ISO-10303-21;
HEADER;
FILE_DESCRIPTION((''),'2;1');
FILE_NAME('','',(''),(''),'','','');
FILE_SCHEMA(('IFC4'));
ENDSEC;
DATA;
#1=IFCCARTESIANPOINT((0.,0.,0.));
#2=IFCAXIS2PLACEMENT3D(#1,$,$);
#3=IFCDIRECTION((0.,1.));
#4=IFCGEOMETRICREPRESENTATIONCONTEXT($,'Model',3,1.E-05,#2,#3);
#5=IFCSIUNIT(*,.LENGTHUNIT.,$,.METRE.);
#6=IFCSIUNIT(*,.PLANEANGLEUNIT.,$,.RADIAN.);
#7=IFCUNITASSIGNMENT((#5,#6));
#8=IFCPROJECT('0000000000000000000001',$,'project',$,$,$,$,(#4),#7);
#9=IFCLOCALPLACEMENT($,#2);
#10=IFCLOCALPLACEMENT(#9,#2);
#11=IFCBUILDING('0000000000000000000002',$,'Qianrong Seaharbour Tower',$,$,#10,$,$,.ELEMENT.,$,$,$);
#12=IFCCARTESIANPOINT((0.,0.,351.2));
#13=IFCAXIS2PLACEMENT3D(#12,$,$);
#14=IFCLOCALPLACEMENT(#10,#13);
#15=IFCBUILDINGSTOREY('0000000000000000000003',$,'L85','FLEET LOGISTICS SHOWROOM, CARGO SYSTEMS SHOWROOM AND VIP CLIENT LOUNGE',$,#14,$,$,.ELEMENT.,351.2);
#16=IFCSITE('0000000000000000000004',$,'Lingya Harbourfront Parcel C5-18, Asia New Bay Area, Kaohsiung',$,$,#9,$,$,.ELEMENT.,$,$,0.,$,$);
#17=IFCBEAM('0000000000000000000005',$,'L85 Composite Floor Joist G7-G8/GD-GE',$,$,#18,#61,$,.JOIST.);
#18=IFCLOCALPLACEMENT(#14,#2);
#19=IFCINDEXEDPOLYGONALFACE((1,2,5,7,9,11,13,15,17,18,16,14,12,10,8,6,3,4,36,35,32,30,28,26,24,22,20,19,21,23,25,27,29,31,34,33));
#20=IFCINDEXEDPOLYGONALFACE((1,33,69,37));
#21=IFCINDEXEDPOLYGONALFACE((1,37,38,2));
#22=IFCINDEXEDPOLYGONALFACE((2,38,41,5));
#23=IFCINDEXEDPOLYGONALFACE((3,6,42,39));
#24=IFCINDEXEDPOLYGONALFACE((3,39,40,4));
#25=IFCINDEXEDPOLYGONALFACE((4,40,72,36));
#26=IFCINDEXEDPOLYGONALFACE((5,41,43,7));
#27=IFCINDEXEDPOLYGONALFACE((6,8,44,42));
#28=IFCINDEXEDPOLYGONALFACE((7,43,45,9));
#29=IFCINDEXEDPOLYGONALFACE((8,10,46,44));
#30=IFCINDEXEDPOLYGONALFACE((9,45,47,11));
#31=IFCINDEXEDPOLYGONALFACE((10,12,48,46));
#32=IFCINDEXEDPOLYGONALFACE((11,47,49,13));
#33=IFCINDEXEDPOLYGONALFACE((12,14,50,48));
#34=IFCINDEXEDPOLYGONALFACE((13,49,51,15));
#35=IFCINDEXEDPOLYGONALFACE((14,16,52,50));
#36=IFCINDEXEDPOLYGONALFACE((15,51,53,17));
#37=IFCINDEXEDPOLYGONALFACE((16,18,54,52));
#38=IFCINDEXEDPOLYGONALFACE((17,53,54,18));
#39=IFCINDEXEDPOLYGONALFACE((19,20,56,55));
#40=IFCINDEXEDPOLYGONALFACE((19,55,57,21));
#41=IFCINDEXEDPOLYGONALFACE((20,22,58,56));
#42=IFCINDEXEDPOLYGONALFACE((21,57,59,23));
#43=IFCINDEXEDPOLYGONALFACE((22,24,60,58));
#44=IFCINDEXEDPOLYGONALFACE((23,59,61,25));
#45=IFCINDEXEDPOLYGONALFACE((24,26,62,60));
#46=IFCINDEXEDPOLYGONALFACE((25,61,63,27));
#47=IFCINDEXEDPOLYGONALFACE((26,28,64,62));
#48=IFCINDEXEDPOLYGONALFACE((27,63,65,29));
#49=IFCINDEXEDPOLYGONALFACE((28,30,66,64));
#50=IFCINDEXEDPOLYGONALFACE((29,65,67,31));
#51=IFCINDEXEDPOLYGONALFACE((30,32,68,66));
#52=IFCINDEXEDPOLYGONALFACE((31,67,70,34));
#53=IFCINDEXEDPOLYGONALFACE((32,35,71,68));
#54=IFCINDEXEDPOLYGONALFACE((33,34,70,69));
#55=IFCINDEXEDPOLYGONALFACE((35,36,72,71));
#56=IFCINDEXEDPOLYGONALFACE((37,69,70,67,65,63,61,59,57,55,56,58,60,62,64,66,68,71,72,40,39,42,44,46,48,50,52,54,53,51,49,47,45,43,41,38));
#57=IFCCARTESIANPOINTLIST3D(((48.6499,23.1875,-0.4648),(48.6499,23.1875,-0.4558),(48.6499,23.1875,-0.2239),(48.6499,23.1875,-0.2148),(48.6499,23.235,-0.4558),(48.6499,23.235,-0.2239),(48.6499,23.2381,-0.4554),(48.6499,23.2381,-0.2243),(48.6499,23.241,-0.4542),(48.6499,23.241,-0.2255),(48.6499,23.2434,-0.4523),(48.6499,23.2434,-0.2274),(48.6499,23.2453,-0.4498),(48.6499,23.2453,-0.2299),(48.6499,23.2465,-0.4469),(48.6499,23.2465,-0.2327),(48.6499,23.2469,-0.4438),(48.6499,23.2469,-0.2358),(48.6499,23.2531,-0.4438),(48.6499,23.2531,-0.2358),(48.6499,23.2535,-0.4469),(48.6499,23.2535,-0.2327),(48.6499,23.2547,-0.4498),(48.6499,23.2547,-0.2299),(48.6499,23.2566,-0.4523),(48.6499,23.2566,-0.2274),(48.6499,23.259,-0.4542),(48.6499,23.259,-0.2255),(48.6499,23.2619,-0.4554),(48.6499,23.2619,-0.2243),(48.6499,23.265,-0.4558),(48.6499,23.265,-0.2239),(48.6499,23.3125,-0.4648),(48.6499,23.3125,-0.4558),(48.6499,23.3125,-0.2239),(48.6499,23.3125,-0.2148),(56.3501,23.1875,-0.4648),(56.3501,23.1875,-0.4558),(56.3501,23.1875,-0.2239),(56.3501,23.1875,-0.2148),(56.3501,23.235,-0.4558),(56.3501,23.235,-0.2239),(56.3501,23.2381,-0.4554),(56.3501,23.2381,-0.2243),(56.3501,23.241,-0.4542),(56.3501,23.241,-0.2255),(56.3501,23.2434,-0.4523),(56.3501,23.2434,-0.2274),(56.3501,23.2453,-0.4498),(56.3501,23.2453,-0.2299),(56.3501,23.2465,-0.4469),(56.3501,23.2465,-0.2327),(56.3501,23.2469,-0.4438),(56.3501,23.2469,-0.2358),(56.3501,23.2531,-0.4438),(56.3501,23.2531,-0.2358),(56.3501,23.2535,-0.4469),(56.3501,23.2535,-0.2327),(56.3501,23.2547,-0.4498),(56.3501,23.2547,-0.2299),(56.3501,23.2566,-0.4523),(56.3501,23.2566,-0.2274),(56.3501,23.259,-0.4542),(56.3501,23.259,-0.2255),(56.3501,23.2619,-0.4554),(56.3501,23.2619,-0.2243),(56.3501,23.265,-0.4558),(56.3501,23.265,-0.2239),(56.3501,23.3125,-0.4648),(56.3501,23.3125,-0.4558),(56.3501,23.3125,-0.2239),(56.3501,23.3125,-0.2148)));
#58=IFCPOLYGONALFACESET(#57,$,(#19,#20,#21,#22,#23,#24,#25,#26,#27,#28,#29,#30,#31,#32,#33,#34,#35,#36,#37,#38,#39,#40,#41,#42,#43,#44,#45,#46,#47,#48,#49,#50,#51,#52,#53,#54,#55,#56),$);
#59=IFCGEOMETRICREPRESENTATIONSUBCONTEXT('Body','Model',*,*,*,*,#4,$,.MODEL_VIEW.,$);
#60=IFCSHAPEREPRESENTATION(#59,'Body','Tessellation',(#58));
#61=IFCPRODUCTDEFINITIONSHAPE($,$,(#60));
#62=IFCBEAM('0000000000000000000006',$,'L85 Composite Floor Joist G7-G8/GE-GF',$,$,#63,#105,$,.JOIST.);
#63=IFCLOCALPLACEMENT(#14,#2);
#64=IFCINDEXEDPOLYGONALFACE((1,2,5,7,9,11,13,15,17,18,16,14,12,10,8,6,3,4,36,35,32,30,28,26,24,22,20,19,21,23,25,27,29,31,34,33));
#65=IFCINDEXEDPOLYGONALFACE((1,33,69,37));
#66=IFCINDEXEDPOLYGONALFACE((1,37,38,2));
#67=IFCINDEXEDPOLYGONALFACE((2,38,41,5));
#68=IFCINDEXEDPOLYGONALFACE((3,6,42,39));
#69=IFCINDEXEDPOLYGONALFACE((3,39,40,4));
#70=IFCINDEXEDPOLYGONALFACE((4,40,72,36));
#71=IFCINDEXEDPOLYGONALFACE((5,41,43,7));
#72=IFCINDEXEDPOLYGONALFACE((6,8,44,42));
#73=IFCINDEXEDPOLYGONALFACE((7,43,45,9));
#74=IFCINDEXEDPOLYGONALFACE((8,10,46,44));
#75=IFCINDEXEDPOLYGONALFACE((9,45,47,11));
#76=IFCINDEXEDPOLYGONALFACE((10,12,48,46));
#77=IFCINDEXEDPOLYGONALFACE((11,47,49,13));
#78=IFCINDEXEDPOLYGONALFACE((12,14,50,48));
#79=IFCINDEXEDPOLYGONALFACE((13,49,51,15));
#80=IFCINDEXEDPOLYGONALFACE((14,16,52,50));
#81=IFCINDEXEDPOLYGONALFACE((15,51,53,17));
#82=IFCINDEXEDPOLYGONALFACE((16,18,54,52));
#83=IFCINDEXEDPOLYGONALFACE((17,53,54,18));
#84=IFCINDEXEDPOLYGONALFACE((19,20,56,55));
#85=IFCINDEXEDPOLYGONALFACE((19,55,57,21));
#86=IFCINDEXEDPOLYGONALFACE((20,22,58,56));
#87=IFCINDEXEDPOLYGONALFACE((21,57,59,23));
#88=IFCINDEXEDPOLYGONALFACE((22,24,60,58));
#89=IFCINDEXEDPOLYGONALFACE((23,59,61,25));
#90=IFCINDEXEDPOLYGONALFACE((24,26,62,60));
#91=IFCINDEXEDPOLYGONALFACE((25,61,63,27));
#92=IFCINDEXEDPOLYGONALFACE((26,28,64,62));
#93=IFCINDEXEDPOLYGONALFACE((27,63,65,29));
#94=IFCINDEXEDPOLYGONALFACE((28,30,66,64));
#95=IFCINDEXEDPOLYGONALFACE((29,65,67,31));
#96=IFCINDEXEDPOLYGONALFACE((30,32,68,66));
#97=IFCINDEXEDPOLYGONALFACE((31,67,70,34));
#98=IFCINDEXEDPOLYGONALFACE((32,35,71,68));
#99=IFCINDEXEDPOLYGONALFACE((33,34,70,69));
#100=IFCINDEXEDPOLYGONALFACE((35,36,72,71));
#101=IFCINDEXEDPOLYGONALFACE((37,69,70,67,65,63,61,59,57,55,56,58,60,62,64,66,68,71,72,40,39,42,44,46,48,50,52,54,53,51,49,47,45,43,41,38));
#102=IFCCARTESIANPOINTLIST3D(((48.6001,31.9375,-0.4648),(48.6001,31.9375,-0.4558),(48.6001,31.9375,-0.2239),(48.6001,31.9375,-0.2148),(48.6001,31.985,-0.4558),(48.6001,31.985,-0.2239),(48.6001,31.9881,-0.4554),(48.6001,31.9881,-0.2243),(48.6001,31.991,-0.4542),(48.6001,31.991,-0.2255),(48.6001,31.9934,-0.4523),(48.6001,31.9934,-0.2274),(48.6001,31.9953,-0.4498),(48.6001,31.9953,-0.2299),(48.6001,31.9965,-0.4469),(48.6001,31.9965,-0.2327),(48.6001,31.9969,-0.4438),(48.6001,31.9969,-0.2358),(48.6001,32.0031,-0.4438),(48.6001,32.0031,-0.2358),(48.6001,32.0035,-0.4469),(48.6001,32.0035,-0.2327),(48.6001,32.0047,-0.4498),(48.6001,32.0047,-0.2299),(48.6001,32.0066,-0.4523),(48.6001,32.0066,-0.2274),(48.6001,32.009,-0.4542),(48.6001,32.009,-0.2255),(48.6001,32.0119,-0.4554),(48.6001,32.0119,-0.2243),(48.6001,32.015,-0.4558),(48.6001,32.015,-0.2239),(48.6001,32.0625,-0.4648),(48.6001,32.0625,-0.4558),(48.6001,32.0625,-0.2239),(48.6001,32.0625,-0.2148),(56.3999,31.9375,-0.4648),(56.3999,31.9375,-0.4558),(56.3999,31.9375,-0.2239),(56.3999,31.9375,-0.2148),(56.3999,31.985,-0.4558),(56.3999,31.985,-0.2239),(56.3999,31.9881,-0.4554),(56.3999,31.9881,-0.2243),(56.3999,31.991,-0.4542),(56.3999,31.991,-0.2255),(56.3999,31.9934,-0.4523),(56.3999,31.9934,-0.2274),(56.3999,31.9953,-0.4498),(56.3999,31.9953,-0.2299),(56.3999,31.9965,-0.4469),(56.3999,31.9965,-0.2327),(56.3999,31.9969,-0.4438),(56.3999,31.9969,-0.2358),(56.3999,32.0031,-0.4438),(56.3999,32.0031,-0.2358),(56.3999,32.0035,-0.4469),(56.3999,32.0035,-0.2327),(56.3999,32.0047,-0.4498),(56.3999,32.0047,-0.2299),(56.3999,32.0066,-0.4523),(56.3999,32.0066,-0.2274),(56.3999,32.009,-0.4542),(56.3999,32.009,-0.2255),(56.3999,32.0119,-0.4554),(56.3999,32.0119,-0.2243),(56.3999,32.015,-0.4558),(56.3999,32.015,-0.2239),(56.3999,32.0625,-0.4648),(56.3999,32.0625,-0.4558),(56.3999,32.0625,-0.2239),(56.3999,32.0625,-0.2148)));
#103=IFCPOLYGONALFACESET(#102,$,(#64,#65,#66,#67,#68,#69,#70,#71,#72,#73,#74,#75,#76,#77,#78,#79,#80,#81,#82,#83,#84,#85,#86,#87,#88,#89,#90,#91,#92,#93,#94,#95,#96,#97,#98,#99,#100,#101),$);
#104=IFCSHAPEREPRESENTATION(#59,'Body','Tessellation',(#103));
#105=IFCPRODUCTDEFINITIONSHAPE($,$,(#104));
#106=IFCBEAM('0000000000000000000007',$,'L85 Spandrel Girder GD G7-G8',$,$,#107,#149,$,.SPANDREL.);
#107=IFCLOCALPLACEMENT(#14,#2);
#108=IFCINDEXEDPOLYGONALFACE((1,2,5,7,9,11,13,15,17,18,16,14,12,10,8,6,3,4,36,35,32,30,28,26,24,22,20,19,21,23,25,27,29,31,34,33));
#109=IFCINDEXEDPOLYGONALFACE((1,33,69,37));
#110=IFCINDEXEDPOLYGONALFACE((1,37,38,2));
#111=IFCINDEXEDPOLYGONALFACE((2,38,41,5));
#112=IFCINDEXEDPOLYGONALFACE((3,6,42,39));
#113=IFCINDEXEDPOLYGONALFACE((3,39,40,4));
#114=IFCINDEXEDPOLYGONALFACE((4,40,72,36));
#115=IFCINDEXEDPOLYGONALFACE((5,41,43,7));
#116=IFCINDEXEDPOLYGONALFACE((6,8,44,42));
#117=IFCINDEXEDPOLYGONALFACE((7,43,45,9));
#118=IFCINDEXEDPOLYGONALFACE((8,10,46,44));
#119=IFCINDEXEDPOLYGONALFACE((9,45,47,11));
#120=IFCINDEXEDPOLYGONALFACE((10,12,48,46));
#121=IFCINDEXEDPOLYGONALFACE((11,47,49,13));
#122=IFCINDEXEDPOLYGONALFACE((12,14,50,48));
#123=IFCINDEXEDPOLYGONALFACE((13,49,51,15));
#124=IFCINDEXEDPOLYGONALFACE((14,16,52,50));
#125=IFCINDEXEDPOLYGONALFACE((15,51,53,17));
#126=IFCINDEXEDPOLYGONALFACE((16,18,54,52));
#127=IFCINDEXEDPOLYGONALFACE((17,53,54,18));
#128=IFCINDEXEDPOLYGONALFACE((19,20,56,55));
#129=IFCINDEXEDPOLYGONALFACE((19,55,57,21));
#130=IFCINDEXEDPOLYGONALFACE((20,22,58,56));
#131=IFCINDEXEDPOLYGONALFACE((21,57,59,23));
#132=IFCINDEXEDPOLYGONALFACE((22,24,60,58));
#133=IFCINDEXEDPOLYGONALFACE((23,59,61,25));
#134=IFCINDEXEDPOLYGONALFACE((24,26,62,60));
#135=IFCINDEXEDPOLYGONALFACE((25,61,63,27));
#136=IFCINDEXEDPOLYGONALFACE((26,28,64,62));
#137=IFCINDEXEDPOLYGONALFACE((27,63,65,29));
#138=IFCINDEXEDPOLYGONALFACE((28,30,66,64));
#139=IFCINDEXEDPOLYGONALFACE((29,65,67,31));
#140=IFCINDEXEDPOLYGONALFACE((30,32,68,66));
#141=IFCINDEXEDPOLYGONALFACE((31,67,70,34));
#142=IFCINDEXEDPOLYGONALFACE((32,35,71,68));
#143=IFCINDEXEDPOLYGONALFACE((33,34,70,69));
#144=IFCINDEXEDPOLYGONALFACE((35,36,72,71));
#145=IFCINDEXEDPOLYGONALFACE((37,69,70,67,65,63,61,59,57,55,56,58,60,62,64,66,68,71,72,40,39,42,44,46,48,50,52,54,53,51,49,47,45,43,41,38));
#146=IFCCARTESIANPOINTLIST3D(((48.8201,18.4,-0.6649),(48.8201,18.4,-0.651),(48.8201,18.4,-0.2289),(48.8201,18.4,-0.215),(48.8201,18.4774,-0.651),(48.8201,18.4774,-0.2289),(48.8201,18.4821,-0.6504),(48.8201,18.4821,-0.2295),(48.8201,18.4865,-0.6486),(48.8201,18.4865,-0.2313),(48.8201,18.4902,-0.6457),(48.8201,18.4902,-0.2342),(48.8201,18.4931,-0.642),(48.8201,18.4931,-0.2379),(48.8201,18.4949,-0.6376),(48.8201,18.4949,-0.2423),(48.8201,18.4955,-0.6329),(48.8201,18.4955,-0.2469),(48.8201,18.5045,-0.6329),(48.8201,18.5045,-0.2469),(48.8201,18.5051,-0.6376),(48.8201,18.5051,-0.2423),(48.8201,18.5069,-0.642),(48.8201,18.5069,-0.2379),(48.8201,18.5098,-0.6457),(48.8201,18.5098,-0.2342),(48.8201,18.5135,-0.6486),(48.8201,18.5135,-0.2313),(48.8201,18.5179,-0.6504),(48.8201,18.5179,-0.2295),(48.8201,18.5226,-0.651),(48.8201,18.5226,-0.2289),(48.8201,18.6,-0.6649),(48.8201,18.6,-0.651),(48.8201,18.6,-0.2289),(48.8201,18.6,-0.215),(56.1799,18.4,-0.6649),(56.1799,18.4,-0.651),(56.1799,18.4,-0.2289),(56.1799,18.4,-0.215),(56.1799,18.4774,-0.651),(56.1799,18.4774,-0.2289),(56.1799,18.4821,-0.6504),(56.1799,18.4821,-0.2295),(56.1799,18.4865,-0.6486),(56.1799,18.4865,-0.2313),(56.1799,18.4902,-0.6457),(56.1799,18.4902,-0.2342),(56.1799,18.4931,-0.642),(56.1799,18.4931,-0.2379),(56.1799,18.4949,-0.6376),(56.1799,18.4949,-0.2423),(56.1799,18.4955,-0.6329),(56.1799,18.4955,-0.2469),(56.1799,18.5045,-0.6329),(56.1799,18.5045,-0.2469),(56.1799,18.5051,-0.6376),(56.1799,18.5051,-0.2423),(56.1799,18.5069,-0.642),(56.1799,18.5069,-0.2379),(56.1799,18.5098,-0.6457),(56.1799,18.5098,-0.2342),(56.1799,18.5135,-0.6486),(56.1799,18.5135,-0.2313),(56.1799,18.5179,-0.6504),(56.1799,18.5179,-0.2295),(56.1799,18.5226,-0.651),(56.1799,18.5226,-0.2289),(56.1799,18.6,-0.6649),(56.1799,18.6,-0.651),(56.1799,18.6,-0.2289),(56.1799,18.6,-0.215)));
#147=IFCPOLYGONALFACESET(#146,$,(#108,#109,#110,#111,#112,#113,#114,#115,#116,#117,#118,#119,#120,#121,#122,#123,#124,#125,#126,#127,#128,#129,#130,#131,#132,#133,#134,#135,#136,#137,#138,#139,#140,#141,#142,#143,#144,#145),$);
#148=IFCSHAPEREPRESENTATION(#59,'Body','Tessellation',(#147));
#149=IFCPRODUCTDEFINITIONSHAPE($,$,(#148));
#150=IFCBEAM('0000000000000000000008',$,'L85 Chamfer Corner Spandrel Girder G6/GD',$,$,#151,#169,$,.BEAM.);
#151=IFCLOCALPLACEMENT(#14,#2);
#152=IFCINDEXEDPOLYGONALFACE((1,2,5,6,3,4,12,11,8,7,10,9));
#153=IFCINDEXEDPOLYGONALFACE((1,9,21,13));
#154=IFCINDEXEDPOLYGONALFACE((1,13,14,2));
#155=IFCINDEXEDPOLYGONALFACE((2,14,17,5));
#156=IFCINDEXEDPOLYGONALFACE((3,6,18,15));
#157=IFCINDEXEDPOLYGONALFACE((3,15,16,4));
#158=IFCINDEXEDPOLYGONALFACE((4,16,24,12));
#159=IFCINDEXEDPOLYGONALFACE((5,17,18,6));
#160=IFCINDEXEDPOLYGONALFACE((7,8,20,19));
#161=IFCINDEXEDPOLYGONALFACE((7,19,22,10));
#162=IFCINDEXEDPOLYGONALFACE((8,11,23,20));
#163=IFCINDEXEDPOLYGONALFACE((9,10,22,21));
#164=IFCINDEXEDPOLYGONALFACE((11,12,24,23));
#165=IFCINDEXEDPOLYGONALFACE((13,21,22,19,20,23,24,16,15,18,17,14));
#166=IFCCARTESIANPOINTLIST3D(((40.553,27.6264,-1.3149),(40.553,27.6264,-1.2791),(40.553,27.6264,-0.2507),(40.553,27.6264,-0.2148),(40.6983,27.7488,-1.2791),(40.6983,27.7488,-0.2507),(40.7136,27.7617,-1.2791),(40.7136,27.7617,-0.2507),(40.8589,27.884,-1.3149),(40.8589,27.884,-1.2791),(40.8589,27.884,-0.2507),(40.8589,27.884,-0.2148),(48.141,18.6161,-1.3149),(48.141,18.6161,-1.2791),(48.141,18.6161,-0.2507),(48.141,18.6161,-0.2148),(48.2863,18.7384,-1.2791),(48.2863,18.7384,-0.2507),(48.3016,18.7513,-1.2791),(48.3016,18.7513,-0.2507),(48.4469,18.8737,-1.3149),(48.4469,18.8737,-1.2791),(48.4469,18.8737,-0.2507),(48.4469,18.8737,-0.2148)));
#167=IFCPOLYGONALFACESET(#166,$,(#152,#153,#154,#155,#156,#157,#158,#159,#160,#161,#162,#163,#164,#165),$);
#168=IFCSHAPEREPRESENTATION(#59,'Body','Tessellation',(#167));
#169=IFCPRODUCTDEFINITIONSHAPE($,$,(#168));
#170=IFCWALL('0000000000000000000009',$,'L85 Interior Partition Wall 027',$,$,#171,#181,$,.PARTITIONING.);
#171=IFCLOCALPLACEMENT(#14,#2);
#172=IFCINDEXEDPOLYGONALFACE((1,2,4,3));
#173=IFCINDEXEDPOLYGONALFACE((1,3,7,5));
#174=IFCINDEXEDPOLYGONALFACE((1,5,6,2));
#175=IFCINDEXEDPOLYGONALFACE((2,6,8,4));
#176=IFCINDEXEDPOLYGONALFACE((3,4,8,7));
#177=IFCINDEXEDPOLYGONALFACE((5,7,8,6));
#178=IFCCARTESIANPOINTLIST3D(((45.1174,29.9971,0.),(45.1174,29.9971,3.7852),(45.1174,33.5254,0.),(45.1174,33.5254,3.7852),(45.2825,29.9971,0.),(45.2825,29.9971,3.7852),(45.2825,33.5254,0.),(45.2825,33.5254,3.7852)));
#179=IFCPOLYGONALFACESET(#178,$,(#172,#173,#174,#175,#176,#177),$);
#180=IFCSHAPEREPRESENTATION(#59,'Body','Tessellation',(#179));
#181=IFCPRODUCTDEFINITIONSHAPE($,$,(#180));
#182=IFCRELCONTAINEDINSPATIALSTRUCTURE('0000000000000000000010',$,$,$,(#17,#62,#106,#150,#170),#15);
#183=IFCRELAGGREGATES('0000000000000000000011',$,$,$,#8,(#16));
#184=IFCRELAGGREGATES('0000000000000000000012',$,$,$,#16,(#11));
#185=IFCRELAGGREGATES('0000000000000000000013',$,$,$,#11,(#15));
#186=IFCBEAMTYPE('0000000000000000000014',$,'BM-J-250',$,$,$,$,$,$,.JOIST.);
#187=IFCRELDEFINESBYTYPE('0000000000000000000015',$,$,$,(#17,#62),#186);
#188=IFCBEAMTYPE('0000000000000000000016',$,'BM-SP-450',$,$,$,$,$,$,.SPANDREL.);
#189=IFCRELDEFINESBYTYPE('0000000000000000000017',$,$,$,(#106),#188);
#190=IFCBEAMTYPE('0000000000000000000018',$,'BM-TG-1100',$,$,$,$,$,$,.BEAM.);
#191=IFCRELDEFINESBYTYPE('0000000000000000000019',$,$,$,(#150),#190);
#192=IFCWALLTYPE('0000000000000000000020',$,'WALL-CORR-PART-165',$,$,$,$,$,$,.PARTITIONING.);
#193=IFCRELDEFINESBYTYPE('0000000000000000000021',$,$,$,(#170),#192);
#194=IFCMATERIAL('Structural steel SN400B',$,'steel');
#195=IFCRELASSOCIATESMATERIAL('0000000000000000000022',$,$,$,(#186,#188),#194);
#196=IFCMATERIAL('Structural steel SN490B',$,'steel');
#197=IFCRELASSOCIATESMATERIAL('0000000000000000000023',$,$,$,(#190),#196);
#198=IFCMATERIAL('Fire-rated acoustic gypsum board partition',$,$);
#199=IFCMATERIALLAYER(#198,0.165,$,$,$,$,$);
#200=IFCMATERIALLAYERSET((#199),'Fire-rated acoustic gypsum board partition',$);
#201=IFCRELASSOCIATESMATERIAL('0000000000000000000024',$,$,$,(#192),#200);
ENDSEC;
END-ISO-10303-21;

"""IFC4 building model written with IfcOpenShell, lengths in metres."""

from ifc_helpers import new_model, si_unit, direction, frame, frame_2d, origin, origin_2d, place, context, subcontext, project, spatial, rectangle, i_section, extrude, material, layer, layer_set, material_profile, profile_set, type_object, element, save


model = new_model("IFC4")

# Units and contexts
model_context = context("Model", 3, precision=1e-05, world=origin(), true_north=direction((0.0, 1.0)))
body_context = subcontext(model_context, "Body", "Model", "MODEL_VIEW")
ifc_project = project(units=[si_unit("LENGTHUNIT", "METRE"), si_unit("PLANEANGLEUNIT", "RADIAN")], contexts=[model_context])

# Site, building, storey
site_placement = place(None, origin())
site = spatial("IfcSite", under=ifc_project, at=site_placement, Name="Lingya Harbourfront Parcel C5-18, Asia New Bay Area, Kaohsiung", CompositionType="ELEMENT", RefElevation=0.0)
building_placement = place(site_placement, origin())
building = spatial("IfcBuilding", under=site, at=building_placement, Name="Qianrong Seaharbour Tower", CompositionType="ELEMENT")
storey_placement = place(building_placement, frame((0.0, 0.0, 351.2)))
storey = spatial("IfcBuildingStorey", under=building, at=storey_placement, Name="L85", Description="FLEET LOGISTICS SHOWROOM, CARGO SYSTEMS SHOWROOM AND VIP CLIENT LOUNGE", CompositionType="ELEMENT", Elevation=351.2)

# Shared definitions
ifc_material_1 = material(Name="Structural steel SN400B", Category="steel")

# Beams
ifc_material_2 = material(Name="Structural steel SN490B", Category="steel")
ifc_material_profile_1 = material_profile(ifc_material_1, i_section(OverallWidth=0.125, OverallDepth=0.25, WebThickness=0.0061, FlangeThickness=0.009, FilletRadius=0.012, at=origin_2d()), Name="H250x125x6x9")
ifc_profile_set_1 = profile_set([ifc_material_profile_1], Name="Structural steel SN400B")
beam_type_1 = type_object("IfcBeamType", Name="BM-J-250", PredefinedType="JOIST", material=ifc_profile_set_1)
beam_1_placement = place(storey_placement, frame((48.6499, 23.25, -0.3398), z_axis=(1.0, 0.0, 0.0), x_axis=(0.0, 1.0, 0.0)))
element("IfcBeam", 1, at=beam_1_placement, inside=storey, type_object=beam_type_1, Name="L85 Composite Floor Joist G7-G8/GD-GE", PredefinedType="JOIST", context=body_context, shape_type="SweptSolid", body=[
    extrude(i_section(OverallWidth=0.125, OverallDepth=0.25, WebThickness=0.0061, FlangeThickness=0.009, FilletRadius=0.012, at=origin_2d()), origin(), (0.0, 0.0, 1.0), 7.7002),
])
beam_2_placement = place(storey_placement, frame((48.6001, 32.0, -0.3398), z_axis=(1.0, 0.0, 0.0), x_axis=(0.0, 1.0, 0.0)))
element("IfcBeam", 2, at=beam_2_placement, inside=storey, type_object=beam_type_1, Name="L85 Composite Floor Joist G7-G8/GE-GF", PredefinedType="JOIST", context=body_context, shape_type="SweptSolid", body=[
    extrude(i_section(OverallWidth=0.125, OverallDepth=0.25, WebThickness=0.0061, FlangeThickness=0.009, FilletRadius=0.012, at=origin_2d()), origin(), (0.0, 0.0, 1.0), 7.7998),
])
ifc_material_profile_2 = material_profile(ifc_material_1, i_section(OverallWidth=0.2, OverallDepth=0.45, WebThickness=0.009, FlangeThickness=0.0139, FilletRadius=0.0181, at=origin_2d()), Name="H450x200x9x14")
ifc_profile_set_2 = profile_set([ifc_material_profile_2], Name="Structural steel SN400B")
beam_type_2 = type_object("IfcBeamType", Name="BM-SP-450", PredefinedType="SPANDREL", material=ifc_profile_set_2)
beam_3_placement = place(storey_placement, frame((48.8201, 18.5, -0.4399), z_axis=(1.0, 0.0, 0.0), x_axis=(0.0, 1.0, 0.0)))
element("IfcBeam", 3, at=beam_3_placement, inside=storey, type_object=beam_type_2, Name="L85 Spandrel Girder GD G7-G8", PredefinedType="SPANDREL", context=body_context, shape_type="SweptSolid", body=[
    extrude(i_section(OverallWidth=0.2, OverallDepth=0.45, WebThickness=0.009, FlangeThickness=0.0139, FilletRadius=0.0181, at=origin_2d()), origin(), (0.0, 0.0, 1.0), 7.3599),
])
ifc_material_profile_3 = material_profile(ifc_material_2, i_section(OverallWidth=0.3999, OverallDepth=1.1001, WebThickness=0.02, FlangeThickness=0.0359, at=origin_2d()), Name="BH1100x400x20x36")
ifc_profile_set_3 = profile_set([ifc_material_profile_3], Name="Structural steel SN490B")
beam_type_3 = type_object("IfcBeamType", Name="BM-TG-1100", PredefinedType="BEAM", material=ifc_profile_set_3)
beam_4_placement = place(storey_placement, frame((48.2939, 18.7449, -0.7649), z_axis=(-0.644151, 0.764898, 0.0), x_axis=(-0.764898, -0.644151, 0.0)))
element("IfcBeam", 4, at=beam_4_placement, inside=storey, type_object=beam_type_3, Name="L85 Chamfer Corner Spandrel Girder G6/GD", PredefinedType="BEAM", context=body_context, shape_type="SweptSolid", body=[
    extrude(i_section(OverallWidth=0.3999, OverallDepth=1.1001, WebThickness=0.02, FlangeThickness=0.0359, at=origin_2d()), origin(), (0.0, 0.0, 1.0), 11.7798),
])

# Wall
ifc_material_3 = material(Name="Fire-rated acoustic gypsum board partition")
ifc_layer_1 = layer(ifc_material_3, 0.165)
ifc_layer_set_1 = layer_set([ifc_layer_1], Name="Fire-rated acoustic gypsum board partition")
wall_type_1 = type_object("IfcWallType", Name="WALL-CORR-PART-165", PredefinedType="PARTITIONING", material=ifc_layer_set_1)
wall_1_placement = place(storey_placement, frame((45.2, 33.5254, 0.0), z_axis=(0.0, 0.0, 1.0), x_axis=(0.0, -1.0, 0.0)))
element("IfcWall", 5, at=wall_1_placement, inside=storey, type_object=wall_type_1, Name="L85 Interior Partition Wall 027", PredefinedType="PARTITIONING", context=body_context, shape_type="SweptSolid", body=[
    extrude(rectangle(XDim=3.5283, YDim=0.165, at=frame_2d((1.7642, 0.0))), origin(), (0.0, 0.0, 1.0), 3.7852),
])

save(model, "model.ifc")
